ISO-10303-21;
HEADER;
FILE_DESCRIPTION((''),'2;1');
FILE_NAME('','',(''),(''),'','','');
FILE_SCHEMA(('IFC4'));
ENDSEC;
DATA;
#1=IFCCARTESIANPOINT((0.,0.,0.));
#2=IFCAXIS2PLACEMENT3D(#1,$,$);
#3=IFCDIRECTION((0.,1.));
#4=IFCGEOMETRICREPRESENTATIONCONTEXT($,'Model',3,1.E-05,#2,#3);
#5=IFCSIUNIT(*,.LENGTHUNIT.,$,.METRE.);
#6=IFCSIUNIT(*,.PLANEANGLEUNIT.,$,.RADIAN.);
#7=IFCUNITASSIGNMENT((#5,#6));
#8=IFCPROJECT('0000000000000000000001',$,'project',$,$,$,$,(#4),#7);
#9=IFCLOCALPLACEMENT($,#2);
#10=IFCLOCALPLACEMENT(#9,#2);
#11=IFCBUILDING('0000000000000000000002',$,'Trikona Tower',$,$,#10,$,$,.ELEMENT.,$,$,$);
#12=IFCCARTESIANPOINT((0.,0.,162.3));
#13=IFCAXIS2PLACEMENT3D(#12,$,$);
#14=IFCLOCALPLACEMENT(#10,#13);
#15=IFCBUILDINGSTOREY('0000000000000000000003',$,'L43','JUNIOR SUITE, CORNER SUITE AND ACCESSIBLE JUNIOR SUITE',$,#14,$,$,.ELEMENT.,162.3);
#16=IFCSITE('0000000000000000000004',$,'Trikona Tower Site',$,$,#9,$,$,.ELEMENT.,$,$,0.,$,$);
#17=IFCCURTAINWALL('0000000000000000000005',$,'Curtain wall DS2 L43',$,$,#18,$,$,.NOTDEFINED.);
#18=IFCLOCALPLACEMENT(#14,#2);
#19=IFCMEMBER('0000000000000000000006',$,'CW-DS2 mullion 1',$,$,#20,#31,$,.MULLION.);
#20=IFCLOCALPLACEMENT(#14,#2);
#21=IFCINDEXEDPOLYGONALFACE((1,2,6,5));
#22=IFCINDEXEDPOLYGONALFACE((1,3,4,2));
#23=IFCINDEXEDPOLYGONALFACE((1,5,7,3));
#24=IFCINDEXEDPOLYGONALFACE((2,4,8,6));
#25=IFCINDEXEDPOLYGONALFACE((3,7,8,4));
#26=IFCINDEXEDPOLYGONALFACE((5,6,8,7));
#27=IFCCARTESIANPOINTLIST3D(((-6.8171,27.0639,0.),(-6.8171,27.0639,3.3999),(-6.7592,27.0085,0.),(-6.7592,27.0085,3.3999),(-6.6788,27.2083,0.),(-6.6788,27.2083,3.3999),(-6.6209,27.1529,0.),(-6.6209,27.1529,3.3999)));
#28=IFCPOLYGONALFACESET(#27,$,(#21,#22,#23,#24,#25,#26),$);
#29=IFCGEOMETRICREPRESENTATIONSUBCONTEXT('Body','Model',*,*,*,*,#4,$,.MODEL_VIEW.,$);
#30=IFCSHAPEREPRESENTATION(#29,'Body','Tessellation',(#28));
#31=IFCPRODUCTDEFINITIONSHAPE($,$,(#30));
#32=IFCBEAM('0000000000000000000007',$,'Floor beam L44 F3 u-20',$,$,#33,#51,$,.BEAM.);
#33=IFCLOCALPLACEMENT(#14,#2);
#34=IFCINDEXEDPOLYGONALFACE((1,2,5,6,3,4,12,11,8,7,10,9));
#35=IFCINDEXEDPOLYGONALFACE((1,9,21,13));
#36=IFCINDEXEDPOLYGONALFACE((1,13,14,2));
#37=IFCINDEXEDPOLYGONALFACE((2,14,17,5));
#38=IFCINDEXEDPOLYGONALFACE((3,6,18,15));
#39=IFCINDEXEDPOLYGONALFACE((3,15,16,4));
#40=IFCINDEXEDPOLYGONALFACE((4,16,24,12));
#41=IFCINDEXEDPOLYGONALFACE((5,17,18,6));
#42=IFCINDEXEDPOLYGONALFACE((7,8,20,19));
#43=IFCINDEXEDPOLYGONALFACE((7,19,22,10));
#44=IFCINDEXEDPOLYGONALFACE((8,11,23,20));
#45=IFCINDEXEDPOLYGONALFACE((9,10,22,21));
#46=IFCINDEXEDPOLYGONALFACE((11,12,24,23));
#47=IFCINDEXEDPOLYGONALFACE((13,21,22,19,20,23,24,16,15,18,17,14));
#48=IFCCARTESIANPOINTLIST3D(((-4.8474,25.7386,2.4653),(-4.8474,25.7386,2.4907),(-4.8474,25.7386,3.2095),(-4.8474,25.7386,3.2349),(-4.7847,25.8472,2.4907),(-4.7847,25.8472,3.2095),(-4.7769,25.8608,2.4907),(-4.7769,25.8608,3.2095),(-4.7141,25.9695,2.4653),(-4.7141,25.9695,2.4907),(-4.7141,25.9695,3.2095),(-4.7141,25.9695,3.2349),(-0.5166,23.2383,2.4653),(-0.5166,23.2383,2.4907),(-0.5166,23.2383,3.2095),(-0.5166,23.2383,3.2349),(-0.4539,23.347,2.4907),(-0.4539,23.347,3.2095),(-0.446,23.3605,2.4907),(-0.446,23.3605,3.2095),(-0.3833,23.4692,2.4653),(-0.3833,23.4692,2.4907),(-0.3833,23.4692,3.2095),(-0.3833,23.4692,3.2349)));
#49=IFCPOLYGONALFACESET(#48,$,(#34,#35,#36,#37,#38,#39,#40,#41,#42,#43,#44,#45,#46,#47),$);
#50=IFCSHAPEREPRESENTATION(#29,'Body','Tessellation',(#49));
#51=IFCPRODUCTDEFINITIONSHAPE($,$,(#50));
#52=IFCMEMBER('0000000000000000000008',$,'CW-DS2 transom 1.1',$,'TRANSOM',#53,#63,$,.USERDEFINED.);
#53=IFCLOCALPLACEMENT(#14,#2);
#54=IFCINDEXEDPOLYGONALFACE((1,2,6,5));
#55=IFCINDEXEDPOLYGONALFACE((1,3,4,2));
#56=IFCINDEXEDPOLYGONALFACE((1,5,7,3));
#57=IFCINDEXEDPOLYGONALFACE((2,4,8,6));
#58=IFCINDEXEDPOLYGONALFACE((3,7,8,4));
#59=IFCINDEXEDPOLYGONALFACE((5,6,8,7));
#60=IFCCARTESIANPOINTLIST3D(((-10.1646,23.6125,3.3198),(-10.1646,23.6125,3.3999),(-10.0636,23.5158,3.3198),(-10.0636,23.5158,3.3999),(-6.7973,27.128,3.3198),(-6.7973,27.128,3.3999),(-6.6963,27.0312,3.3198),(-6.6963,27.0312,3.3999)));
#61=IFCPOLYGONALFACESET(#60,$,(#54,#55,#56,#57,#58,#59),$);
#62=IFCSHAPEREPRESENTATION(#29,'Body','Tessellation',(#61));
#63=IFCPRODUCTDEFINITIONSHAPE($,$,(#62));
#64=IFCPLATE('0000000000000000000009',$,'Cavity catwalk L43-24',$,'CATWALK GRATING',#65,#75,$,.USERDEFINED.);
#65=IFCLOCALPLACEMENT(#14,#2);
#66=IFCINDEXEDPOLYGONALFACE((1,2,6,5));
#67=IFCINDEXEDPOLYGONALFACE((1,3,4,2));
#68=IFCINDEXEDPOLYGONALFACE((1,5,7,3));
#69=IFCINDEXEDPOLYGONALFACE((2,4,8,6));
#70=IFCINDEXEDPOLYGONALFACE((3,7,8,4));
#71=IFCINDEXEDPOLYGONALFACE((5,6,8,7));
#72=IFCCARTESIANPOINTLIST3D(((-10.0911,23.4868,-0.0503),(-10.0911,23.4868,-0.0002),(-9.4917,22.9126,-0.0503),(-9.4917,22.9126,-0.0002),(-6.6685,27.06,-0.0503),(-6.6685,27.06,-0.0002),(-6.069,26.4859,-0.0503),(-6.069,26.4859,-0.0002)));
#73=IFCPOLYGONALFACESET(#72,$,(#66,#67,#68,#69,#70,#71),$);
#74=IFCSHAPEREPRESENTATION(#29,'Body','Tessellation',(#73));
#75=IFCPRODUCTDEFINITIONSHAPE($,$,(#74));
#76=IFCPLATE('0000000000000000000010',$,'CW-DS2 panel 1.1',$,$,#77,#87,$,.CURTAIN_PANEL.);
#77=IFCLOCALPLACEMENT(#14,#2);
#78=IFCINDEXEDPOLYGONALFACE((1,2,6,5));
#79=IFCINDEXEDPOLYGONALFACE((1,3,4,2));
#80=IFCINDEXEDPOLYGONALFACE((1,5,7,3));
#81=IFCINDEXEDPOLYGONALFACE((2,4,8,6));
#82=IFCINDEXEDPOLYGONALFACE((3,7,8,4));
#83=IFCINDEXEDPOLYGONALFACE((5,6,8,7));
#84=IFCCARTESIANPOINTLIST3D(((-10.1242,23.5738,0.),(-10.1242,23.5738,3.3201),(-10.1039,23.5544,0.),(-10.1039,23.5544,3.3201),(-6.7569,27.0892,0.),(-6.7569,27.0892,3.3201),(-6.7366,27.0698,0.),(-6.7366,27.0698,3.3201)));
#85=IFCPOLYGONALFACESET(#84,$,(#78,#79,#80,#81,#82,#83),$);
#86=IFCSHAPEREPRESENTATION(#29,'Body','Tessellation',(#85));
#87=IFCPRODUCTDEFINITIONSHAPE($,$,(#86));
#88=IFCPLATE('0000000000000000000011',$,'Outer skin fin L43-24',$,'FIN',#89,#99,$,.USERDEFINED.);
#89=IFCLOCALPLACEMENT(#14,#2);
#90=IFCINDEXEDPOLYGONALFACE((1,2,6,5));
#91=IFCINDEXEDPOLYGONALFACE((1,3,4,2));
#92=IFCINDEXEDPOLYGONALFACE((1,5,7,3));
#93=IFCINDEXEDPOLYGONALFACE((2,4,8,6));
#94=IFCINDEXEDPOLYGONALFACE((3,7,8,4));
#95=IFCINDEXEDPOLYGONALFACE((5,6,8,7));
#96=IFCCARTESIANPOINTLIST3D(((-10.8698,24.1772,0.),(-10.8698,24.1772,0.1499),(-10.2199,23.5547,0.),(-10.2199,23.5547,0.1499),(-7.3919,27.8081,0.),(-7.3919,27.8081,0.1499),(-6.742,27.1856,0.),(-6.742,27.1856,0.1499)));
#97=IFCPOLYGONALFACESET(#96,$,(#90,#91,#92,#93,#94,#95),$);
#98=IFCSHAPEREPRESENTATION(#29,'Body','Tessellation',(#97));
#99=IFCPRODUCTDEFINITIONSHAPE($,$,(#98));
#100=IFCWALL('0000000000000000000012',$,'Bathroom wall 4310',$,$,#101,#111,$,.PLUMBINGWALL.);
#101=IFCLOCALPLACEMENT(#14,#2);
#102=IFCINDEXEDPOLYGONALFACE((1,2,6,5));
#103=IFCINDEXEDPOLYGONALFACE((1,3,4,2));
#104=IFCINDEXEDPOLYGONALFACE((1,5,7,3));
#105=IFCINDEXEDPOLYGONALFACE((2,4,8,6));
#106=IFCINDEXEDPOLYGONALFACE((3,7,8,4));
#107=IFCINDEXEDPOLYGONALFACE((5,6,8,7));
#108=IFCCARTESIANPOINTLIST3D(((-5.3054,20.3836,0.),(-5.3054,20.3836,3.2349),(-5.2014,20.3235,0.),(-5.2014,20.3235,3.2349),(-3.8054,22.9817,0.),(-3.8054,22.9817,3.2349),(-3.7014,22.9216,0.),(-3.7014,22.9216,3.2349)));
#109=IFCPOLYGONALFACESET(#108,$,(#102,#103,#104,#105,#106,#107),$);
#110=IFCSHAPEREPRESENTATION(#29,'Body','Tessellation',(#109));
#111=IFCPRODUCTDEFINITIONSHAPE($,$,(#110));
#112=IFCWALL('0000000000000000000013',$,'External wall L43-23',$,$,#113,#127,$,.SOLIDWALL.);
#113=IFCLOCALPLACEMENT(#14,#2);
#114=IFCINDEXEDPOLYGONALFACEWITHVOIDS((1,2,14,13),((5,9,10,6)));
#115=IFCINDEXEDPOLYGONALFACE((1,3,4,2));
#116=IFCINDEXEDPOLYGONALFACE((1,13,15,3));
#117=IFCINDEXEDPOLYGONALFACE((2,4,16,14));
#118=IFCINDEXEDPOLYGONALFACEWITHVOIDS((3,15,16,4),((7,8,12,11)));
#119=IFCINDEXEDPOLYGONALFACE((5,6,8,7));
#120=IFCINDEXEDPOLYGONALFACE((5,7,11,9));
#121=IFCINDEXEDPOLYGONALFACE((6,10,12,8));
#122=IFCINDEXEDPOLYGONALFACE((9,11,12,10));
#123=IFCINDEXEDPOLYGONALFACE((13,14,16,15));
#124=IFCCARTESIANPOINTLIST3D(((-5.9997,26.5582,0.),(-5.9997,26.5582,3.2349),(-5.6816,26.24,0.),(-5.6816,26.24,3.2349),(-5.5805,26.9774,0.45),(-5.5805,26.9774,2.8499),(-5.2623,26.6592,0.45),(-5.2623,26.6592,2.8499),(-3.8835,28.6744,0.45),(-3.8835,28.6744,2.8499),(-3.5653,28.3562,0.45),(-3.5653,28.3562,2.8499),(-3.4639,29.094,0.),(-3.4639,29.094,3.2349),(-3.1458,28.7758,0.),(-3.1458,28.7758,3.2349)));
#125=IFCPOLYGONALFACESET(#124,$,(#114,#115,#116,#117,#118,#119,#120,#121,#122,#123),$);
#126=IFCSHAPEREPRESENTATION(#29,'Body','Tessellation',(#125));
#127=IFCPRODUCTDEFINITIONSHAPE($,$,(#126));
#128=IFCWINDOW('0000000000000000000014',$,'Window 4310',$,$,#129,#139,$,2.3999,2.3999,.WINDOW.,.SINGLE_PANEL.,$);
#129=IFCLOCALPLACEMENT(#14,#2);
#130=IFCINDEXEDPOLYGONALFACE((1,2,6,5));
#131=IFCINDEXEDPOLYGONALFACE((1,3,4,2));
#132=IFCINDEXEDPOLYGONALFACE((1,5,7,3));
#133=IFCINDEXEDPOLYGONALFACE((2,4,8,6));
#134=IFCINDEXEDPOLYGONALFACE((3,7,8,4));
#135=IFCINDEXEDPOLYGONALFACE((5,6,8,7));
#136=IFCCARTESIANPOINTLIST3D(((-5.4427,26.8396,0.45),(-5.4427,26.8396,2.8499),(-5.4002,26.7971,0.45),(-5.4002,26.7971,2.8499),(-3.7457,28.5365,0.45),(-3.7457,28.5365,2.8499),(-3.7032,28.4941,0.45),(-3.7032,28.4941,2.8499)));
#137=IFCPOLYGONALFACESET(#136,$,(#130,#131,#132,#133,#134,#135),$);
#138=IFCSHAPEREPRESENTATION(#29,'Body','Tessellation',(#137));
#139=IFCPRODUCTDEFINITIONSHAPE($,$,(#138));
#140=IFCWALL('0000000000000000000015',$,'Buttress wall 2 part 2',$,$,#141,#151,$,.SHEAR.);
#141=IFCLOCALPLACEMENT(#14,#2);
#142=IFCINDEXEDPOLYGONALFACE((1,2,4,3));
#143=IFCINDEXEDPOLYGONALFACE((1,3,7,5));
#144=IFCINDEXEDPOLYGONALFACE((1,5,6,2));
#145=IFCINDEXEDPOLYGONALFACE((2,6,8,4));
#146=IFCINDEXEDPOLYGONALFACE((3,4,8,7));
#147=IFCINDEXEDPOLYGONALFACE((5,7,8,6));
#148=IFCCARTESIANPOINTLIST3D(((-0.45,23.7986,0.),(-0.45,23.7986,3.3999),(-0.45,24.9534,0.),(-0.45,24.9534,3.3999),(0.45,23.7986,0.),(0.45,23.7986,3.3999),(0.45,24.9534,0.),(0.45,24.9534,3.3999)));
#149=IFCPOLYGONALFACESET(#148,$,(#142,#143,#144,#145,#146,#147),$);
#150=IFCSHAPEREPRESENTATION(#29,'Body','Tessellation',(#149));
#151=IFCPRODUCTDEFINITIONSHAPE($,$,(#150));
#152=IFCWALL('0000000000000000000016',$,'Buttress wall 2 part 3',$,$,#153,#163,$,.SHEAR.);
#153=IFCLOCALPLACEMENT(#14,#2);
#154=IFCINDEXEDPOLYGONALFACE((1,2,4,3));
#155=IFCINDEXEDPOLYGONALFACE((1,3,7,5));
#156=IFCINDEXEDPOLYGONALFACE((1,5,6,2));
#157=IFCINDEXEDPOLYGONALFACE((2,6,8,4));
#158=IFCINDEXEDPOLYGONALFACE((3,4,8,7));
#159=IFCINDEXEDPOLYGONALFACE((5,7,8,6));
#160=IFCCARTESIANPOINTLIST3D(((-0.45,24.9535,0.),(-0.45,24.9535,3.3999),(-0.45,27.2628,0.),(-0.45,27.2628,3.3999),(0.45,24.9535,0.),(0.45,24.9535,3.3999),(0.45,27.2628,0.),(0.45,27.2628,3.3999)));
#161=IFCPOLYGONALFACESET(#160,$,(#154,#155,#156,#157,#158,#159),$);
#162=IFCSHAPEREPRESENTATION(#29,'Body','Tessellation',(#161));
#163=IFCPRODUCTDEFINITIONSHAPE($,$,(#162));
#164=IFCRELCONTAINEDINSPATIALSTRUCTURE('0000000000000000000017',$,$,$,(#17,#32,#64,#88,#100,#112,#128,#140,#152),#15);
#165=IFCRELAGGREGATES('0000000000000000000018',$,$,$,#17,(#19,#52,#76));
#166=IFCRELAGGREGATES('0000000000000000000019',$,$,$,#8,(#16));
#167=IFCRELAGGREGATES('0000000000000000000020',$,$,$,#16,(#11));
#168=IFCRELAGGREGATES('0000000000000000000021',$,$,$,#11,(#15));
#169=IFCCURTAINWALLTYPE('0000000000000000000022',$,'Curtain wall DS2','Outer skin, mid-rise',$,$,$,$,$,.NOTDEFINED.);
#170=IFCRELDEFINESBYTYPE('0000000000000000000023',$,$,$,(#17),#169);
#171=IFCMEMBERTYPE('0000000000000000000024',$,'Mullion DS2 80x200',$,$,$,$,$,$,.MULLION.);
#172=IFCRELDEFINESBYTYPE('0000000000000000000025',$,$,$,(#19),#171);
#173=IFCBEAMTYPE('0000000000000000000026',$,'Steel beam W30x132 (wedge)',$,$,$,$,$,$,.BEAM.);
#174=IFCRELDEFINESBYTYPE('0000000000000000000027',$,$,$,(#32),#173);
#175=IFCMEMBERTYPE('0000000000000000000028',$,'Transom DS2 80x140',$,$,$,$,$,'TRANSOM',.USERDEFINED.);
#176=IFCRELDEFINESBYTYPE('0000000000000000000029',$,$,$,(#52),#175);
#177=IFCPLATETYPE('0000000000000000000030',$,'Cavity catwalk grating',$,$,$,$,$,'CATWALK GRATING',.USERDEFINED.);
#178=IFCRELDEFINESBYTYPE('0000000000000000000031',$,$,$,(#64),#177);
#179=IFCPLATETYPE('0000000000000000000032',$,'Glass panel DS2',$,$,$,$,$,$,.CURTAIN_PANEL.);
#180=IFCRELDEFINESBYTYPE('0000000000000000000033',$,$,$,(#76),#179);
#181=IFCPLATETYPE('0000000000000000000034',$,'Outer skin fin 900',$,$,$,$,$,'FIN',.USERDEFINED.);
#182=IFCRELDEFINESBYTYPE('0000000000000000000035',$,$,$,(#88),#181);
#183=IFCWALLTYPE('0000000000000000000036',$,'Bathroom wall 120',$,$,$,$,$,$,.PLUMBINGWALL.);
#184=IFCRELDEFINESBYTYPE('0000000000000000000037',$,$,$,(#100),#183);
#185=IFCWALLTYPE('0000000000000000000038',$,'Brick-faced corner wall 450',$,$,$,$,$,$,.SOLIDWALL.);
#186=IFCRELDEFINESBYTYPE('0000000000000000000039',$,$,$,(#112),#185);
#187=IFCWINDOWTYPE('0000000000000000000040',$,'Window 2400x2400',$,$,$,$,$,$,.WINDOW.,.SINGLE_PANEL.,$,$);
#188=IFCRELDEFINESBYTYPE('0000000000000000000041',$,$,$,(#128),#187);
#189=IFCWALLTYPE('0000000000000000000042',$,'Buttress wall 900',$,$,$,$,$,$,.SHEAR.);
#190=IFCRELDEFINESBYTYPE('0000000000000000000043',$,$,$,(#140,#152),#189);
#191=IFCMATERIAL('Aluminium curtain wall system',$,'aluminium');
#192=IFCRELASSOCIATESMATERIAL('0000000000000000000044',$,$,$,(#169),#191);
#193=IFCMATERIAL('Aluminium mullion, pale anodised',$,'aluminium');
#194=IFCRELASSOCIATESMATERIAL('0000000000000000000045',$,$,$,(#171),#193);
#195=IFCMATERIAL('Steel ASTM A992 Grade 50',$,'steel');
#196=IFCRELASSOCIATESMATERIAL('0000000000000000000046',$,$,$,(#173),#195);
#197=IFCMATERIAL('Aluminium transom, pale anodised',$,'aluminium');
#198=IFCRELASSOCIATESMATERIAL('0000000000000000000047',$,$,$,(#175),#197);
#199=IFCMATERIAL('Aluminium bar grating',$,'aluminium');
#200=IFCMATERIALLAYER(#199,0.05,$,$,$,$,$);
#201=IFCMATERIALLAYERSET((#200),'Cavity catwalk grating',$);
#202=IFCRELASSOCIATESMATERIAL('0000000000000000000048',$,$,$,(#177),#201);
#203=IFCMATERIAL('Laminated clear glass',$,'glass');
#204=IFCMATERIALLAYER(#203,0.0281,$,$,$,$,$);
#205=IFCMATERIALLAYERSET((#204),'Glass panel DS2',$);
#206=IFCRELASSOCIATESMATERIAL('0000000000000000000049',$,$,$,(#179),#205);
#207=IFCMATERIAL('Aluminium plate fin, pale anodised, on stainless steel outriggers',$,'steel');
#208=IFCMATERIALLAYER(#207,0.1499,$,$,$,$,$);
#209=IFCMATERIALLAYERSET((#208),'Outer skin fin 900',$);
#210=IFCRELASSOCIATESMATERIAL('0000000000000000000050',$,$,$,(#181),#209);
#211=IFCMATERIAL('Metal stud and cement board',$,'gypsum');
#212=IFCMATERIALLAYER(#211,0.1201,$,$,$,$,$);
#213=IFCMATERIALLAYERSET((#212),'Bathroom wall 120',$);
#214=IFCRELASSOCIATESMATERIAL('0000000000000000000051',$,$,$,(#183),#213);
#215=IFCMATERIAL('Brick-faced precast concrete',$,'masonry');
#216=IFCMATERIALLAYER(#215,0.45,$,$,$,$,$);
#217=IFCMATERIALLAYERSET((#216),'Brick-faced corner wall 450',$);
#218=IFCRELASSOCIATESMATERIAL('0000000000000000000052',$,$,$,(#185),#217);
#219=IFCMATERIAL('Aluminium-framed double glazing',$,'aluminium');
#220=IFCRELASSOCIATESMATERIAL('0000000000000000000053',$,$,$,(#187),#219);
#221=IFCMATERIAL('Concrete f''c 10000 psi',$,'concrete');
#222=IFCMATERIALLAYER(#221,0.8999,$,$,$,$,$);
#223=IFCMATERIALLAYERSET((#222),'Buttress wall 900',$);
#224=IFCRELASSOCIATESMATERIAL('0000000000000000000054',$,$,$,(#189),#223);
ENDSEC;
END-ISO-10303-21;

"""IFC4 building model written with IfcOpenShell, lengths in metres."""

from ifc_helpers import new_model, si_unit, direction, frame, frame_2d, origin, origin_2d, place, context, subcontext, project, spatial, rectangle, i_section, extrude, material, layer, layer_set, material_profile, profile_set, type_object, element, fill, aggregate, save


model = new_model("IFC4")

# Units and contexts
model_context = context("Model", 3, precision=1e-05, world=origin(), true_north=direction((0.0, 1.0)))
body_context = subcontext(model_context, "Body", "Model", "MODEL_VIEW")
ifc_project = project(units=[si_unit("LENGTHUNIT", "METRE"), si_unit("PLANEANGLEUNIT", "RADIAN")], contexts=[model_context])

# Site, building, storey
site_placement = place(None, origin())
site = spatial("IfcSite", under=ifc_project, at=site_placement, Name="Trikona Tower Site", CompositionType="ELEMENT", RefElevation=0.0)
building_placement = place(site_placement, origin())
building = spatial("IfcBuilding", under=site, at=building_placement, Name="Trikona Tower", CompositionType="ELEMENT")
storey_placement = place(building_placement, frame((0.0, 0.0, 162.3)))
storey = spatial("IfcBuildingStorey", under=building, at=storey_placement, Name="L43", Description="JUNIOR SUITE, CORNER SUITE AND ACCESSIBLE JUNIOR SUITE", CompositionType="ELEMENT", Elevation=162.3)

# Curtain wall, member
ifc_material_1 = material(Name="Aluminium curtain wall system", Category="aluminium")
curtain_wall_type = type_object("IfcCurtainWallType", Name="Curtain wall DS2", Description="Outer skin, mid-rise", PredefinedType="NOTDEFINED", material=ifc_material_1)
curtain_wall_placement = place(storey_placement, origin())
curtain_wall = element("IfcCurtainWall", 1, at=curtain_wall_placement, inside=storey, type_object=curtain_wall_type, Name="Curtain wall DS2 L43", PredefinedType="NOTDEFINED")
ifc_material_2 = material(Name="Aluminium mullion, pale anodised", Category="aluminium")
ifc_material_profile_1 = material_profile(ifc_material_2, rectangle(XDim=0.0801, YDim=0.2, at=origin_2d()), Name="MUL-DS2")
ifc_profile_set_1 = profile_set([ifc_material_profile_1], Name="Aluminium mullion, pale anodised")
member_type_1 = type_object("IfcMemberType", Name="Mullion DS2 80x200", PredefinedType="MULLION", material=ifc_profile_set_1)
member_1_placement = place(storey_placement, frame((-6.719, 27.1084, 0.0), z_axis=(0.0, 0.0, 1.0), x_axis=(0.722158, -0.691728, 0.0)))
member_1 = element("IfcMember", 2, at=member_1_placement, type_object=member_type_1, Name="CW-DS2 mullion 1", PredefinedType="MULLION", context=body_context, shape_type="SweptSolid", body=[
    extrude(rectangle(XDim=0.0801, YDim=0.2, at=origin_2d()), origin(), (0.0, 0.0, 1.0), 3.3999),
])

# Beam
ifc_material_3 = material(Name="Steel ASTM A992 Grade 50", Category="steel")
ifc_material_profile_2 = material_profile(ifc_material_3, i_section(OverallWidth=0.2666, OverallDepth=0.7695, WebThickness=0.0156, FlangeThickness=0.0254, at=origin_2d()), Name="W30X132")
ifc_profile_set_2 = profile_set([ifc_material_profile_2], Name="Steel ASTM A992 Grade 50")
beam_type = type_object("IfcBeamType", Name="Steel beam W30x132 (wedge)", PredefinedType="BEAM", material=ifc_profile_set_2)
beam_placement = place(storey_placement, frame((-0.45, 23.3538, 2.8501), z_axis=(-0.866038, 0.499977, 0.0), x_axis=(-0.499977, -0.866038, 0.0)))
element("IfcBeam", 3, at=beam_placement, inside=storey, type_object=beam_type, Name="Floor beam L44 F3 u-20", PredefinedType="BEAM", context=body_context, shape_type="SweptSolid", body=[
    extrude(i_section(OverallWidth=0.2666, OverallDepth=0.7695, WebThickness=0.0156, FlangeThickness=0.0254, at=origin_2d()), origin(), (0.0, 0.0, 1.0), 5.0007),
])

# Member
ifc_material_4 = material(Name="Aluminium transom, pale anodised", Category="aluminium")
ifc_material_profile_3 = material_profile(ifc_material_4, rectangle(XDim=0.1399, YDim=0.0801, at=origin_2d()), Name="TRN-DS2")
ifc_profile_set_3 = profile_set([ifc_material_profile_3], Name="Aluminium transom, pale anodised")
member_type_2 = type_object("IfcMemberType", Name="Transom DS2 80x140", ElementType="TRANSOM", PredefinedType="USERDEFINED", material=ifc_profile_set_3)
member_2_placement = place(storey_placement, frame((-6.7468, 27.0796, 3.3599), z_axis=(-0.691721, -0.722165, 0.0), x_axis=(0.722165, -0.691721, 0.0)))
member_2 = element("IfcMember", 4, at=member_2_placement, type_object=member_type_2, Name="CW-DS2 transom 1.1", ObjectType="TRANSOM", PredefinedType="USERDEFINED", context=body_context, shape_type="SweptSolid", body=[
    extrude(rectangle(XDim=0.1399, YDim=0.0801, at=origin_2d()), origin(), (0.0, 0.0, 1.0), 4.8679),
])

# Plates
ifc_material_5 = material(Name="Aluminium bar grating", Category="aluminium")
ifc_layer_1 = layer(ifc_material_5, 0.05)
ifc_layer_set_1 = layer_set([ifc_layer_1], Name="Cavity catwalk grating")
plate_type_1 = type_object("IfcPlateType", Name="Cavity catwalk grating", ElementType="CATWALK GRATING", PredefinedType="USERDEFINED", material=ifc_layer_set_1)
plate_1_placement = place(storey_placement, frame((-8.0801, 24.9863, -0.0503), z_axis=(0.0, 0.0, 1.0), x_axis=(-0.691724, -0.722162, 0.0)))
element("IfcPlate", 5, at=plate_1_placement, inside=storey, type_object=plate_type_1, Name="Cavity catwalk L43-24", ObjectType="CATWALK GRATING", PredefinedType="USERDEFINED", context=body_context, shape_type="SweptSolid", body=[
    extrude(rectangle(XDim=4.948, YDim=0.8301, at=origin_2d()), origin(), (0.0, 0.0, 1.0), 0.05),
])
ifc_material_6 = material(Name="Laminated clear glass", Category="glass")
ifc_layer_2 = layer(ifc_material_6, 0.0281)
ifc_layer_set_2 = layer_set([ifc_layer_2], Name="Glass panel DS2")
plate_type_2 = type_object("IfcPlateType", Name="Glass panel DS2", PredefinedType="CURTAIN_PANEL", material=ifc_layer_set_2)
plate_2_placement = place(storey_placement, frame((-8.4304, 25.3218, 0.0), z_axis=(0.0, 0.0, 1.0), x_axis=(-0.691728, -0.722158, 0.0)))
plate_2 = element("IfcPlate", 6, at=plate_2_placement, type_object=plate_type_2, Name="CW-DS2 panel 1.1", PredefinedType="CURTAIN_PANEL", context=body_context, shape_type="SweptSolid", body=[
    extrude(rectangle(XDim=4.8679, YDim=0.0281, at=origin_2d()), origin(), (0.0, 0.0, 1.0), 3.3201),
])
aggregate(curtain_wall, [member_1, member_2, plate_2])
ifc_material_7 = material(Name="Aluminium plate fin, pale anodised, on stainless steel outriggers", Category="steel")
ifc_layer_3 = layer(ifc_material_7, 0.1499)
ifc_layer_set_3 = layer_set([ifc_layer_3], Name="Outer skin fin 900")
plate_type_3 = type_object("IfcPlateType", Name="Outer skin fin 900", ElementType="FIN", PredefinedType="USERDEFINED", material=ifc_layer_set_3)
plate_3_placement = place(storey_placement, frame((-8.8059, 25.6814, 0.0), z_axis=(0.0, 0.0, 1.0), x_axis=(-0.691724, -0.722162, 0.0)))
element("IfcPlate", 7, at=plate_3_placement, inside=storey, type_object=plate_type_3, Name="Outer skin fin L43-24", ObjectType="FIN", PredefinedType="USERDEFINED", context=body_context, shape_type="SweptSolid", body=[
    extrude(rectangle(XDim=5.0278, YDim=0.8999, at=origin_2d()), origin(), (0.0, 0.0, 1.0), 0.1499),
])

# Wall
ifc_material_8 = material(Name="Metal stud and cement board", Category="gypsum")
ifc_layer_4 = layer(ifc_material_8, 0.1201)
ifc_layer_set_4 = layer_set([ifc_layer_4], Name="Bathroom wall 120")
wall_type_1 = type_object("IfcWallType", Name="Bathroom wall 120", PredefinedType="PLUMBINGWALL", material=ifc_layer_set_4)
wall_1_placement = place(storey_placement, frame((-3.7534, 22.9517, 0.0), z_axis=(0.0, 0.0, 1.0), x_axis=(-0.49999, -0.866031, 0.0)))
element("IfcWall", 8, at=wall_1_placement, inside=storey, type_object=wall_type_1, Name="Bathroom wall 4310", PredefinedType="PLUMBINGWALL", context=body_context, shape_type="SweptSolid", body=[
    extrude(rectangle(XDim=3.0, YDim=0.1201, at=frame_2d((1.5, 0.0))), origin(), (0.0, 0.0, 1.0), 3.2349),
])

# Wall, opening, window
ifc_material_9 = material(Name="Brick-faced precast concrete", Category="masonry")
ifc_layer_5 = layer(ifc_material_9, 0.45)
ifc_layer_set_5 = layer_set([ifc_layer_5], Name="Brick-faced corner wall 450")
wall_type_2 = type_object("IfcWallType", Name="Brick-faced corner wall 450", PredefinedType="SOLIDWALL", material=ifc_layer_set_5)
wall_2_placement = place(storey_placement, frame((-3.3049, 28.9348, 0.0), z_axis=(0.0, 0.0, 1.0), x_axis=(-0.707107, -0.707107, 0.0)))
wall_2 = element("IfcWall", 9, at=wall_2_placement, inside=storey, type_object=wall_type_2, Name="External wall L43-23", PredefinedType="SOLIDWALL", context=body_context, shape_type="SweptSolid", body=[
    extrude(rectangle(XDim=3.5862, YDim=0.45, at=frame_2d((1.793, 0.0))), origin(), (0.0, 0.0, 1.0), 3.2349),
])
opening_1_placement = place(wall_2_placement, frame((0.5933, 0.0, 0.45)))
opening_1 = element("IfcOpeningElement", 10, at=opening_1_placement, cuts=wall_2, PredefinedType="OPENING", context=body_context, shape_type="SweptSolid", body=[
    extrude(rectangle(XDim=2.3999, YDim=2.3999, at=frame_2d((1.2, 1.2))), frame((0.0, 0.2349, 0.0), z_axis=(0.0, -1.0, 0.0), x_axis=(1.0, 0.0, 0.0)), (0.0, 0.0, 1.0), 0.47),
])
ifc_material_10 = material(Name="Aluminium-framed double glazing", Category="aluminium")
window_type_1 = type_object("IfcWindowType", Name="Window 2400x2400", PartitioningType="SINGLE_PANEL", PredefinedType="WINDOW", material=ifc_material_10)
window_1_placement = place(opening_1_placement, origin())
window_1 = element("IfcWindow", 11, at=window_1_placement, inside=storey, type_object=window_type_1, Name="Window 4310", OverallHeight=2.3999, OverallWidth=2.3999, PartitioningType="SINGLE_PANEL", PredefinedType="WINDOW", context=body_context, shape_type="SweptSolid", body=[
    extrude(rectangle(XDim=2.3999, YDim=2.3999, at=frame_2d((1.2, 1.2))), frame((0.0, 0.03, 0.0), z_axis=(0.0, -1.0, 0.0), x_axis=(1.0, 0.0, 0.0)), (0.0, 0.0, 1.0), 0.0601),
])
fill(opening_1, window_1)

# Walls
ifc_material_11 = material(Name="Concrete f'c 10000 psi", Category="concrete")
ifc_layer_6 = layer(ifc_material_11, 0.8999)
ifc_layer_set_6 = layer_set([ifc_layer_6], Name="Buttress wall 900")
wall_type_3 = type_object("IfcWallType", Name="Buttress wall 900", PredefinedType="SHEAR", material=ifc_layer_set_6)
wall_3_placement = place(storey_placement, frame((0.0, 23.7986, 0.0), z_axis=(0.0, 0.0, 1.0), x_axis=(0.0, 1.0, 0.0)))
element("IfcWall", 12, at=wall_3_placement, inside=storey, type_object=wall_type_3, Name="Buttress wall 2 part 2", PredefinedType="SHEAR", context=body_context, shape_type="SweptSolid", body=[
    extrude(rectangle(XDim=1.1548, YDim=0.8999, at=frame_2d((0.5774, 0.0))), origin(), (0.0, 0.0, 1.0), 3.3999),
])
wall_4_placement = place(storey_placement, frame((0.0, 24.9534, 0.0), z_axis=(0.0, 0.0, 1.0), x_axis=(0.0, 1.0, 0.0)))
element("IfcWall", 13, at=wall_4_placement, inside=storey, type_object=wall_type_3, Name="Buttress wall 2 part 3", PredefinedType="SHEAR", context=body_context, shape_type="SweptSolid", body=[
    extrude(rectangle(XDim=2.3093, YDim=0.8999, at=frame_2d((1.1548, 0.0))), origin(), (0.0, 0.0, 1.0), 3.3999),
])

save(model, "model.ifc")
